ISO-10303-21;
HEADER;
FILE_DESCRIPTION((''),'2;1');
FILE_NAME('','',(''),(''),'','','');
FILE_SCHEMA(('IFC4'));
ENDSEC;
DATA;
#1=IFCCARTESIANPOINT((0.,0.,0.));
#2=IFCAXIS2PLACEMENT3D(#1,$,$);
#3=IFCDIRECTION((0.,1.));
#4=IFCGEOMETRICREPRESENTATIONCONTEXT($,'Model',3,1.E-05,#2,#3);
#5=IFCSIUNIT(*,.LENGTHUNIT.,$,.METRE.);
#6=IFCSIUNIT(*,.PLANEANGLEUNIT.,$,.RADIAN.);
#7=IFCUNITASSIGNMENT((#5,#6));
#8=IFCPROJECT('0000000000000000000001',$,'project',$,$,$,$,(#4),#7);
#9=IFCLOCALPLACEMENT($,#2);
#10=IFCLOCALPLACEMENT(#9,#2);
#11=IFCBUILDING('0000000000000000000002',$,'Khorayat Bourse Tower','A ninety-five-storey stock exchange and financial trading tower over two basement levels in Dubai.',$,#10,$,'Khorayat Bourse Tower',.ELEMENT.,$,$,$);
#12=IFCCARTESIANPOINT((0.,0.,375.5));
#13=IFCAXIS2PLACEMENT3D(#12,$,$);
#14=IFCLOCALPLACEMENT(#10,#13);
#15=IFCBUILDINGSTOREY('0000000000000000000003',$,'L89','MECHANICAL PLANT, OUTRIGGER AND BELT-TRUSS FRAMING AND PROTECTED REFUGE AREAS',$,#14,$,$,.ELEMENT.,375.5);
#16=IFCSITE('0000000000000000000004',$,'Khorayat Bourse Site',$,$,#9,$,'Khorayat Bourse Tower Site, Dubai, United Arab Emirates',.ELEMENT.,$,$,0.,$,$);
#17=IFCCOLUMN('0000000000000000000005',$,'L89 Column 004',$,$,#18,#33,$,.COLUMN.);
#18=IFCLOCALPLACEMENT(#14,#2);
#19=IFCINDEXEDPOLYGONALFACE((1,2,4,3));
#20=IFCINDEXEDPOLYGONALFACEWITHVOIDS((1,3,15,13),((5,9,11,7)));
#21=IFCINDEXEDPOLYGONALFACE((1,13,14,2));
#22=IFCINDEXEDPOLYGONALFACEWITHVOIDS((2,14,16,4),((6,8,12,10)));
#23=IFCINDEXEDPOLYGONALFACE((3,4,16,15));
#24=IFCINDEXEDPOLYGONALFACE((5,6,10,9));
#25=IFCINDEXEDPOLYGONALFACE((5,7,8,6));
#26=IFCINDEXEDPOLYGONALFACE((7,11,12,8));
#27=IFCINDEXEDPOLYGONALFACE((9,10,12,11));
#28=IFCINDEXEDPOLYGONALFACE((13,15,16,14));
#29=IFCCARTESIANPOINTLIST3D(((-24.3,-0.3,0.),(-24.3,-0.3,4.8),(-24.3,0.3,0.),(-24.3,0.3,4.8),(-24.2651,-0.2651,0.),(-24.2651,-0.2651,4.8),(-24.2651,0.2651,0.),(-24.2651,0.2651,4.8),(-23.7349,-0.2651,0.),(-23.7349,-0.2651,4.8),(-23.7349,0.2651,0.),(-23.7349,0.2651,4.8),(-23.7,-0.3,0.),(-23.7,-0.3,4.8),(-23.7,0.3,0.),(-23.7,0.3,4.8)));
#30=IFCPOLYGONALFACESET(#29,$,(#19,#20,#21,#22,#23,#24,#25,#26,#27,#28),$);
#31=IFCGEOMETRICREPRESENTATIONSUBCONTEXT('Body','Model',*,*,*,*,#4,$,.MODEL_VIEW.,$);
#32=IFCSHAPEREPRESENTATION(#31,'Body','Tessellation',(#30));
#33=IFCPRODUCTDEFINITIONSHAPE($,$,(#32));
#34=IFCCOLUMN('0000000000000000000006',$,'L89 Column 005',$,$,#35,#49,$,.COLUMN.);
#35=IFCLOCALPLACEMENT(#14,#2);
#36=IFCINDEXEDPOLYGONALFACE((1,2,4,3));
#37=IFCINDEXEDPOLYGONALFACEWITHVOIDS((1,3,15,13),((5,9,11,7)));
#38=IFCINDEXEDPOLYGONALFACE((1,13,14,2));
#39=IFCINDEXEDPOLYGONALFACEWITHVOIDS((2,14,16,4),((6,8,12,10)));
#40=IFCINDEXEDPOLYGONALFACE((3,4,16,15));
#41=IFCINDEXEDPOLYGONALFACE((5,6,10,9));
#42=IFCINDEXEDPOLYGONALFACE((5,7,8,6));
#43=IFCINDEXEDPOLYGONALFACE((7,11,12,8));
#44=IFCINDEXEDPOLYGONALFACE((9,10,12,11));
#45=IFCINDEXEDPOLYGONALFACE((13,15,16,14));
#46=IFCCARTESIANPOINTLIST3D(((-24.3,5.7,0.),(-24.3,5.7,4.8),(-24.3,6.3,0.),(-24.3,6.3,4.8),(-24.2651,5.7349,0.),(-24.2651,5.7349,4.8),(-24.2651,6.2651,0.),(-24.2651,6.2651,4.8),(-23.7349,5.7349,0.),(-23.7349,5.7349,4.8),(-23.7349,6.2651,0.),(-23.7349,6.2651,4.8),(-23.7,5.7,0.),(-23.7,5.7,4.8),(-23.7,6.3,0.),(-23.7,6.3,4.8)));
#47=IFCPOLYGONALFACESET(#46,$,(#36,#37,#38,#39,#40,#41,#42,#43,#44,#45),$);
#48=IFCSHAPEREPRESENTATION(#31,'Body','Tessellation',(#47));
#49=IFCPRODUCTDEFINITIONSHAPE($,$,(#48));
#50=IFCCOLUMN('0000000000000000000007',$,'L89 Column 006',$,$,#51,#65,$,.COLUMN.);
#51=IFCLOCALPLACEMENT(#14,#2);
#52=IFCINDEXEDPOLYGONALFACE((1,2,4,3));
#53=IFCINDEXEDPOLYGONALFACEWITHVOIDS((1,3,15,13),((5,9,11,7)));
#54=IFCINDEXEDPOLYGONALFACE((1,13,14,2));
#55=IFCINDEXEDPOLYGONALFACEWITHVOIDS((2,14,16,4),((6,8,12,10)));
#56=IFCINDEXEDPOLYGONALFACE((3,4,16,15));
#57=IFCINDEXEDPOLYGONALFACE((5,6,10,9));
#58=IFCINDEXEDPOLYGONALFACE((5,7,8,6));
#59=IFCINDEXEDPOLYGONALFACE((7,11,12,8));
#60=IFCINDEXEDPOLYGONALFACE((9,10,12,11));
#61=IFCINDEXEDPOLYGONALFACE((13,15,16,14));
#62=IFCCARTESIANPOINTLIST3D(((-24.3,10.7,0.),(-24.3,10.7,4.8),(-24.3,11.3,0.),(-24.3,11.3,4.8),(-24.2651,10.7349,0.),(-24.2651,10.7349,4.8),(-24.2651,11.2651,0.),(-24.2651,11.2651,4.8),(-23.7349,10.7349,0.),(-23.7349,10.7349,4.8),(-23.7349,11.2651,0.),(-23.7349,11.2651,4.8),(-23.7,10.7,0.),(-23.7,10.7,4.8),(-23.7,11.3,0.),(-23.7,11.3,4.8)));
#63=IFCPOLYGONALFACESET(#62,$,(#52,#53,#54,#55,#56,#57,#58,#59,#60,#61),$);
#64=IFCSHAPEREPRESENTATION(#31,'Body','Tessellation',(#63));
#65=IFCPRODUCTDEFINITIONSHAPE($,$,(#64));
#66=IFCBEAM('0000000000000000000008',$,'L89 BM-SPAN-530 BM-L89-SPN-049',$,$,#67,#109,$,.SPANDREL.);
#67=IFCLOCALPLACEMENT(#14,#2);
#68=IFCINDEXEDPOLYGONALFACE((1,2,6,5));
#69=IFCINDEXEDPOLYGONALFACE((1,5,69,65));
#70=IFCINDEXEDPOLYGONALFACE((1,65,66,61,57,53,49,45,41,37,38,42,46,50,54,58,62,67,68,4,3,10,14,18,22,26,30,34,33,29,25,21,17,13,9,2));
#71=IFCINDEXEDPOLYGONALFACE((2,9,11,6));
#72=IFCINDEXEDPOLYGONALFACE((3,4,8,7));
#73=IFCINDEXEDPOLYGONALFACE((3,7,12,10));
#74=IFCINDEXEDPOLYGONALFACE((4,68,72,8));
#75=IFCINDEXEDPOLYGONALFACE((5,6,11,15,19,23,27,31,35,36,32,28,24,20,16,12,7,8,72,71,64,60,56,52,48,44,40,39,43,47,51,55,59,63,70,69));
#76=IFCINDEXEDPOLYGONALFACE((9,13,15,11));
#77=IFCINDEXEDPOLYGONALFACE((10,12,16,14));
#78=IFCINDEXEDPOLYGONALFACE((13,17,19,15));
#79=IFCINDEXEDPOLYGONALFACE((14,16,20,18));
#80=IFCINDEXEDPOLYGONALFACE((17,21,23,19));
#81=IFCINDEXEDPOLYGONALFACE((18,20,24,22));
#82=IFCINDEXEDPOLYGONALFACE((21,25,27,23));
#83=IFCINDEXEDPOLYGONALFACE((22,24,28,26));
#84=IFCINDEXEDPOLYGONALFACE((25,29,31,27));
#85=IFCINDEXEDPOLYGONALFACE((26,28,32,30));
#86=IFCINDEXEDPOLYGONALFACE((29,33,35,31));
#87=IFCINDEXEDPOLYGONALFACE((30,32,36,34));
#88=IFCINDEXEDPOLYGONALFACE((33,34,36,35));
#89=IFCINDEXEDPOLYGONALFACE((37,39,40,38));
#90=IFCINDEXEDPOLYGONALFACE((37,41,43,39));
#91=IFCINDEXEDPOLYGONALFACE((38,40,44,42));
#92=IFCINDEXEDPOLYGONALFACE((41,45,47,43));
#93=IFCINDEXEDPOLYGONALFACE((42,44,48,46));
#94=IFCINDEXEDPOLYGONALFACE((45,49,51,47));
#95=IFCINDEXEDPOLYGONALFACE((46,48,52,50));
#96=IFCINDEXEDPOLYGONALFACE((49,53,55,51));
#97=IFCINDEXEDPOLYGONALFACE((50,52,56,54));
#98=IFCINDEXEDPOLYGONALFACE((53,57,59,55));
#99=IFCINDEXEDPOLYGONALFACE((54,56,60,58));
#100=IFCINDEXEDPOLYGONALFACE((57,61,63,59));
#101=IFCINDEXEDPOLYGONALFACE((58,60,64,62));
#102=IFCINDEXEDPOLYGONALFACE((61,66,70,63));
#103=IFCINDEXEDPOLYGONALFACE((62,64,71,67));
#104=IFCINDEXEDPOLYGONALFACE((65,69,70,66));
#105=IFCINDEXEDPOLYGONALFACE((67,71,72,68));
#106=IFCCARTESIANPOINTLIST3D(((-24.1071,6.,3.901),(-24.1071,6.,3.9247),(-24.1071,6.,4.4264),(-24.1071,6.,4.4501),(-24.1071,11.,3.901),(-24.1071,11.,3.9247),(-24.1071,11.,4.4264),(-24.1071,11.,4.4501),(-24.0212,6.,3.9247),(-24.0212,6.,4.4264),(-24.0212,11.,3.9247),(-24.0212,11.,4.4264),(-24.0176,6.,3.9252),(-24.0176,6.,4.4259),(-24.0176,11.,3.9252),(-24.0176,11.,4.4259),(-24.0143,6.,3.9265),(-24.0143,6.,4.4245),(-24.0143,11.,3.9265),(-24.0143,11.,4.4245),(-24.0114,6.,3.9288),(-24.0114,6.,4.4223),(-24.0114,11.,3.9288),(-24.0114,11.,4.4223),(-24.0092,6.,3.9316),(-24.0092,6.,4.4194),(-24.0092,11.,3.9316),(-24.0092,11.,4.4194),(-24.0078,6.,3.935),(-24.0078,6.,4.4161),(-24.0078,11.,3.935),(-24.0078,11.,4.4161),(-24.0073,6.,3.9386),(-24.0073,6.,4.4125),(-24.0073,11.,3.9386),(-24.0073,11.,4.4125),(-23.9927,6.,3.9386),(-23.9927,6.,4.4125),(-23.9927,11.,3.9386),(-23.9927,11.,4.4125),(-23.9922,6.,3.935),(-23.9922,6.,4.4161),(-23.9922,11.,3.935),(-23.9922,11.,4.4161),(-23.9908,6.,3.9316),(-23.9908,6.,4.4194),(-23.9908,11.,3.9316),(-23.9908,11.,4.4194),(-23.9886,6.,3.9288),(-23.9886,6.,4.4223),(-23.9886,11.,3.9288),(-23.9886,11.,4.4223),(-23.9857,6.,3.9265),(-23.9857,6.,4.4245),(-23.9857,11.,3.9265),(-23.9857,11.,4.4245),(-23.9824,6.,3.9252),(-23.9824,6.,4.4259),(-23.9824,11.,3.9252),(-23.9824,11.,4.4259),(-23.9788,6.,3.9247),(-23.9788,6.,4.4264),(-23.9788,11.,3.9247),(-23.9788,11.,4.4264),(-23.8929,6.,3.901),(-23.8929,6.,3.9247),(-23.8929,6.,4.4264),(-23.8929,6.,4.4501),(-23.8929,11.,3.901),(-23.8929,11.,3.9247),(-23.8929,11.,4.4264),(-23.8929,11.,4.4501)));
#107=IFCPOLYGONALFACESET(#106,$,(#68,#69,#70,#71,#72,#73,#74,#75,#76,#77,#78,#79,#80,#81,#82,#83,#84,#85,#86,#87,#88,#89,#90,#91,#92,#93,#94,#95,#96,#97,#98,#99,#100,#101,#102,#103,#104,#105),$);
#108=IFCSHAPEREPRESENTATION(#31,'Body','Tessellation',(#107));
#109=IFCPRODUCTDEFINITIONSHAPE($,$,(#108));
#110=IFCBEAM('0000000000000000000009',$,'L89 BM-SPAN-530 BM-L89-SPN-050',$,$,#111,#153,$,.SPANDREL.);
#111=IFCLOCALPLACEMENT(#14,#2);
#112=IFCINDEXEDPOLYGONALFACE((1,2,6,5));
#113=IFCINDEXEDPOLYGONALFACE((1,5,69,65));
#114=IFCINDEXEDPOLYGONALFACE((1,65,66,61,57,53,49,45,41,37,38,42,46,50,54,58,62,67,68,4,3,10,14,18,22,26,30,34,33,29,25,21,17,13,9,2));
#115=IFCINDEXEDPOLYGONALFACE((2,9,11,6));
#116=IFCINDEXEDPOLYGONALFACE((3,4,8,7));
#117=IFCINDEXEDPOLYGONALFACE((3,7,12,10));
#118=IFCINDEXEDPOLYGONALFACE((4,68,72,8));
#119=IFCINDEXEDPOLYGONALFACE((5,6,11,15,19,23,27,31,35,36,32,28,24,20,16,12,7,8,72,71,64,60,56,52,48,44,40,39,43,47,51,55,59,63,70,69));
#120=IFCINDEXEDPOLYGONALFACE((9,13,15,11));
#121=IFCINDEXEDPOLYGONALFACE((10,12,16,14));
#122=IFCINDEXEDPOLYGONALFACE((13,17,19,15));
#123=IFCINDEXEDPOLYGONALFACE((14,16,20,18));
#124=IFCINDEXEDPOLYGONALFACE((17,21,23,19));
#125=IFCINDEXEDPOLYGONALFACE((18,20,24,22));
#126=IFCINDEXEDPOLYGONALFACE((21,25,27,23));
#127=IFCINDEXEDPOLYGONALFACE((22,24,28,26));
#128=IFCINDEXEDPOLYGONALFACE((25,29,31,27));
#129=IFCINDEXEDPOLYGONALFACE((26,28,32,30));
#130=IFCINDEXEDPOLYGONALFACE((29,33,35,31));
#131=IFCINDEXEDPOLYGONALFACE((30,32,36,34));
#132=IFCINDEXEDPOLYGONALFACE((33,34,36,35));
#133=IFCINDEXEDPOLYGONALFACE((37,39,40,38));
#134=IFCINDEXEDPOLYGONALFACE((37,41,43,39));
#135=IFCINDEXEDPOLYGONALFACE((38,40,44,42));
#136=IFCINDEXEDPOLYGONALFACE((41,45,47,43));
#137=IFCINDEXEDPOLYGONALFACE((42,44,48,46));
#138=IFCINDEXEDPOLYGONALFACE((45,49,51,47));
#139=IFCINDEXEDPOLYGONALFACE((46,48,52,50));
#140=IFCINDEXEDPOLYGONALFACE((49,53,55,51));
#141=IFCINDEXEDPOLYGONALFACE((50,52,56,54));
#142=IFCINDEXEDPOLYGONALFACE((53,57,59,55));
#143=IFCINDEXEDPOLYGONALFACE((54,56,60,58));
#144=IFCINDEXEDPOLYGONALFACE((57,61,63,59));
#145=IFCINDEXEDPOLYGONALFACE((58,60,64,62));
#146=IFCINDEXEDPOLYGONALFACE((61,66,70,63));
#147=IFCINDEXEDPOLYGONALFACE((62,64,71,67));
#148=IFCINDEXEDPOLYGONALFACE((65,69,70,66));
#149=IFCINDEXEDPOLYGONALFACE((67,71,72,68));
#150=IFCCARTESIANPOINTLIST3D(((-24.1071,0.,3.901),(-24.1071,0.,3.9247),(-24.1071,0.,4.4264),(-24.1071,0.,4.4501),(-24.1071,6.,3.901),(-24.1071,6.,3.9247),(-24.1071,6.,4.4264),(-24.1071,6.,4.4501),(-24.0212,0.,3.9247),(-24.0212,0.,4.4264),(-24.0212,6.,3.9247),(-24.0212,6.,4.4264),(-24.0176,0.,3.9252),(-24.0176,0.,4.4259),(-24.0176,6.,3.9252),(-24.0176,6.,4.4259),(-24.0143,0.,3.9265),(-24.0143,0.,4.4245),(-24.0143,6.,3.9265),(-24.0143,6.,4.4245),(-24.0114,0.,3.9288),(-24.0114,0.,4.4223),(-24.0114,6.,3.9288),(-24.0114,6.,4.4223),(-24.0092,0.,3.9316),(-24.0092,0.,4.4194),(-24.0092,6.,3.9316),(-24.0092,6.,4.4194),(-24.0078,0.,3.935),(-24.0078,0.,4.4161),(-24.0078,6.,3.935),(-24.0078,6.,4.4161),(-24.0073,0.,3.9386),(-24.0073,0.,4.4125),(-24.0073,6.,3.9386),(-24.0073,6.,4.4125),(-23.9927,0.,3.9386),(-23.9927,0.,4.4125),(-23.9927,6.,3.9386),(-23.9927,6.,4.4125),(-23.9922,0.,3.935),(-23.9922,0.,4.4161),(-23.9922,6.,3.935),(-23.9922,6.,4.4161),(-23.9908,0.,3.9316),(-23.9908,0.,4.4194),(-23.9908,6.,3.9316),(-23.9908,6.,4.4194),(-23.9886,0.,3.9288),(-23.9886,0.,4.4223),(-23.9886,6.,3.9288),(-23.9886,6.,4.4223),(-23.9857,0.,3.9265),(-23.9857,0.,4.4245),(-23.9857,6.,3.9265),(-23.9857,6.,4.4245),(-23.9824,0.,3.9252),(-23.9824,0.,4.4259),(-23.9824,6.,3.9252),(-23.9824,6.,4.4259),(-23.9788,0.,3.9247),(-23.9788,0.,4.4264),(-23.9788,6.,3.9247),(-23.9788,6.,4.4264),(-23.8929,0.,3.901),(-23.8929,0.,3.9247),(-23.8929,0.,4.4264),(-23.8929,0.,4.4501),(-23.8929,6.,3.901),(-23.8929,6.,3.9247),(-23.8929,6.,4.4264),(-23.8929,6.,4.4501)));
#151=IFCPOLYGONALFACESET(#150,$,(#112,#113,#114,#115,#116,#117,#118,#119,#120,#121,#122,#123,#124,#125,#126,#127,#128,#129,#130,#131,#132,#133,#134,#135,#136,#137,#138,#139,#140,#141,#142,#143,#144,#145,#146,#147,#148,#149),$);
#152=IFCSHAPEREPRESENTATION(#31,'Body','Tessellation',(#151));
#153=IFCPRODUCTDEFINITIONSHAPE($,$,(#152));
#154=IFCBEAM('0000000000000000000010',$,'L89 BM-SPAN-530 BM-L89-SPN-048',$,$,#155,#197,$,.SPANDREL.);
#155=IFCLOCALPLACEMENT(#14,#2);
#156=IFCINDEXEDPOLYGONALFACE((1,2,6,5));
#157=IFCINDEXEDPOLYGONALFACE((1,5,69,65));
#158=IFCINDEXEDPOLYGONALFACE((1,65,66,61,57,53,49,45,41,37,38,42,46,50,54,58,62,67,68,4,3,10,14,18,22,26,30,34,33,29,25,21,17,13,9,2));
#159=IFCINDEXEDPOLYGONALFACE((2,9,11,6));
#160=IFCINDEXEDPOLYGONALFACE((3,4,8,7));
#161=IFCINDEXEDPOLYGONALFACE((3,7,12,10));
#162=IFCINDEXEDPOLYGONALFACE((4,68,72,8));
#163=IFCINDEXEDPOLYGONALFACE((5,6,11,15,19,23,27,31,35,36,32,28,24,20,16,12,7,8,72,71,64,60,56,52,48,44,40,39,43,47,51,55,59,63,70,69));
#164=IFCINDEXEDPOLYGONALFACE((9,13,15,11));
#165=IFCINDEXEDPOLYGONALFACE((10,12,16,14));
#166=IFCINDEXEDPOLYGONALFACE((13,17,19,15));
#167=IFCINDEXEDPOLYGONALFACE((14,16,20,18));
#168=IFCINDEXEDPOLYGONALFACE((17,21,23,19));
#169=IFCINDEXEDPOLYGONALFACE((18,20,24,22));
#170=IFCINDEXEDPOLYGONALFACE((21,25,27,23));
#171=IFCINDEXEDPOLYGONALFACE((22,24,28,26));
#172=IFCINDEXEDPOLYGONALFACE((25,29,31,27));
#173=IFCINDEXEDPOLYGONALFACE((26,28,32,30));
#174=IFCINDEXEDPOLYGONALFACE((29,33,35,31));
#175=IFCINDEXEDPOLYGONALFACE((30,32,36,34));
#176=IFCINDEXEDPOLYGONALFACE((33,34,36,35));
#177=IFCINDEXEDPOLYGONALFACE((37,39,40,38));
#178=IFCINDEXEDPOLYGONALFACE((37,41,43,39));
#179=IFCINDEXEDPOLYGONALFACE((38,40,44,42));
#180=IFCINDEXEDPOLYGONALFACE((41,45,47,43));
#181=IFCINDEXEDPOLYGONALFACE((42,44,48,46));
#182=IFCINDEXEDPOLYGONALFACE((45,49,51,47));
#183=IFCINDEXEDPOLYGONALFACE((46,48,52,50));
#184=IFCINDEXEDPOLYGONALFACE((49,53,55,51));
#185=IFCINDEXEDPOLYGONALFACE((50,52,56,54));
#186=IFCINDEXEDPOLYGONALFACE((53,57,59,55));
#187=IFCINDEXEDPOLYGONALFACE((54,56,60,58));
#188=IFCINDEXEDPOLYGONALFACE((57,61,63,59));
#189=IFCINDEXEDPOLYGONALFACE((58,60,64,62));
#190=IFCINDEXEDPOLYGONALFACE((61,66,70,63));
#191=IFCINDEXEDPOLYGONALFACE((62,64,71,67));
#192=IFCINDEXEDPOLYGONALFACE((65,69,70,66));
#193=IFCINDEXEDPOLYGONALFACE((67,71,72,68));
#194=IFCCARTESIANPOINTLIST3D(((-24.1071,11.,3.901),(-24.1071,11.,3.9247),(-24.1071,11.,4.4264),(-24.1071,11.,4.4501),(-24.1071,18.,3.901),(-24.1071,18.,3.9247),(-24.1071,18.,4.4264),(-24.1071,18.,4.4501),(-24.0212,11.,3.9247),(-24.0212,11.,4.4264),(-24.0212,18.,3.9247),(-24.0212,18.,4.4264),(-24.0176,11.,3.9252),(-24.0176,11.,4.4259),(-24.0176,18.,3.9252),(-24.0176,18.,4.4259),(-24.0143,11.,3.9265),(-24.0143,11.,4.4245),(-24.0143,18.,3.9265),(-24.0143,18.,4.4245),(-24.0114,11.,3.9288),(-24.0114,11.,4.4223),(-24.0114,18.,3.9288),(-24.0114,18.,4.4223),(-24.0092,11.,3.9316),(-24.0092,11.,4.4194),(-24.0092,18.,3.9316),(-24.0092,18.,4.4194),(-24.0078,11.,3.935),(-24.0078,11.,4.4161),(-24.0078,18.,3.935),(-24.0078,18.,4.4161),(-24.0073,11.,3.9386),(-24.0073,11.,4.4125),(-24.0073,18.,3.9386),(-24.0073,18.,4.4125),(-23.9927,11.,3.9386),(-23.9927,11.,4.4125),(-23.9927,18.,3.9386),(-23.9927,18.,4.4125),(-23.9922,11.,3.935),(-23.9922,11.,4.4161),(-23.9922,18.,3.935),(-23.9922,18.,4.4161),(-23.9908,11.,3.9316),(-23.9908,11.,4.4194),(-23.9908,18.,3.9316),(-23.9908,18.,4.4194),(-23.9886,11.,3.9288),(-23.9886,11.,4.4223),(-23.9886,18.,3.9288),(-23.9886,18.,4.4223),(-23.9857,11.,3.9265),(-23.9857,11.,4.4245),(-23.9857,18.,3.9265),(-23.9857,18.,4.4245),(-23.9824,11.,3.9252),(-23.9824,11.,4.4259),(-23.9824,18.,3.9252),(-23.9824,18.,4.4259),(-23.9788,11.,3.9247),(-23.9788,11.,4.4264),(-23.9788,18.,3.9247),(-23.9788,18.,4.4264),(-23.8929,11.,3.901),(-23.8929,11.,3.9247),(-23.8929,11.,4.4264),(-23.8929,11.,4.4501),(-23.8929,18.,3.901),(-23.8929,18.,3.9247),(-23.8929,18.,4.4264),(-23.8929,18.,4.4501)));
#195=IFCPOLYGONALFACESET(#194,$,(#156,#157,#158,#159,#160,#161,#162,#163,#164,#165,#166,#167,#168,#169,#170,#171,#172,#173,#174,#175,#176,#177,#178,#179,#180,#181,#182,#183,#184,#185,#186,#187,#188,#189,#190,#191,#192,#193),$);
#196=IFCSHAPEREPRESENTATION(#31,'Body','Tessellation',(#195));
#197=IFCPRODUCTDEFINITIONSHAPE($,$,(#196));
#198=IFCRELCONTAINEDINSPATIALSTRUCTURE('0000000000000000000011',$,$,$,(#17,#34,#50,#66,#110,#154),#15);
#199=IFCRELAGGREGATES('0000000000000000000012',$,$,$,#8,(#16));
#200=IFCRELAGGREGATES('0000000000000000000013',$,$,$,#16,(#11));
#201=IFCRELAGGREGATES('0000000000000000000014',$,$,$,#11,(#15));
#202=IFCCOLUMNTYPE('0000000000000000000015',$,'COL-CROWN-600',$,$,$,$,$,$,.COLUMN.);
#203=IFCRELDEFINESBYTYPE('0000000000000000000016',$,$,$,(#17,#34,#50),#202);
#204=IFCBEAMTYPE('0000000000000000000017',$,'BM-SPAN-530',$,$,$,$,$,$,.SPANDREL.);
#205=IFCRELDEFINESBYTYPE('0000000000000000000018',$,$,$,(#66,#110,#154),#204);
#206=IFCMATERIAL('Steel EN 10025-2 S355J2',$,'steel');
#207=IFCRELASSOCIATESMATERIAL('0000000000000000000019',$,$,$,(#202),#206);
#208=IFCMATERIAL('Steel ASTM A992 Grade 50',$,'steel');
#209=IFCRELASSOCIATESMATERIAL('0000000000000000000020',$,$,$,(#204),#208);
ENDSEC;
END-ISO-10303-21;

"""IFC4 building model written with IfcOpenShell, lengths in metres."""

from ifc_helpers import new_model, si_unit, direction, frame, origin, origin_2d, place, context, subcontext, project, spatial, hollow_rectangle, i_section, extrude, source, transform, mapped, material, material_profile, profile_set, type_object, element, save


model = new_model("IFC4")

# Units and contexts
model_context = context("Model", 3, precision=1e-05, world=origin(), true_north=direction((0.0, 1.0)))
body_context = subcontext(model_context, "Body", "Model", "MODEL_VIEW")
ifc_project = project(units=[si_unit("LENGTHUNIT", "METRE"), si_unit("PLANEANGLEUNIT", "RADIAN")], contexts=[model_context])

# Site, building, storey
site_placement = place(None, origin())
site = spatial("IfcSite", under=ifc_project, at=site_placement, Name="Khorayat Bourse Site", LongName="Khorayat Bourse Tower Site, Dubai, United Arab Emirates", CompositionType="ELEMENT", RefElevation=0.0)
building_placement = place(site_placement, origin())
building = spatial("IfcBuilding", under=site, at=building_placement, Name="Khorayat Bourse Tower", Description="A ninety-five-storey stock exchange and financial trading tower over two basement levels in Dubai.", LongName="Khorayat Bourse Tower", CompositionType="ELEMENT")
storey_placement = place(building_placement, frame((0.0, 0.0, 375.5)))
storey = spatial("IfcBuildingStorey", under=building, at=storey_placement, Name="L89", Description="MECHANICAL PLANT, OUTRIGGER AND BELT-TRUSS FRAMING AND PROTECTED REFUGE AREAS", CompositionType="ELEMENT", Elevation=375.5)

# Columns
ifc_material_1 = material(Name="Steel EN 10025-2 S355J2", Category="steel")
ifc_material_profile_1 = material_profile(ifc_material_1, hollow_rectangle(XDim=0.6001, YDim=0.6001, WallThickness=0.0349, at=origin_2d()), Name="BOX 600x600x35")
ifc_profile_set_1 = profile_set([ifc_material_profile_1], Name="Steel EN 10025-2 S355J2")
column_type = type_object("IfcColumnType", Name="COL-CROWN-600", PredefinedType="COLUMN", material=ifc_profile_set_1)
shared_shape_1 = source(origin(), body_context, "Body", "SweptSolid", [
    extrude(hollow_rectangle(XDim=0.6001, YDim=0.6001, WallThickness=0.0349, at=origin_2d()), origin(), (0.0, 0.0, 1.0), 4.8),
])
for number, where, z_axis, x_axis, name in (
    (1, (-24.0, 0.0, 0.0), (0.0, 0.0, 1.0), (1.0, 0.0, 0.0), "L89 Column 004"),
    (2, (-24.0, 6.0, 0.0), (0.0, 0.0, 1.0), (1.0, 0.0, 0.0), "L89 Column 005"),
    (3, (-24.0, 11.0, 0.0), (0.0, 0.0, 1.0), (1.0, 0.0, 0.0), "L89 Column 006"),
):
    element("IfcColumn", number, at=place(storey_placement, frame(where, z_axis=z_axis, x_axis=x_axis)), inside=storey, type_object=column_type, Name=name, PredefinedType="COLUMN", context=body_context, shape_type="MappedRepresentation", body=[
        mapped(shared_shape_1, transform((0.0, 0.0, 0.0), scale=1.0)),
    ])

# Beams
ifc_material_2 = material(Name="Steel ASTM A992 Grade 50", Category="steel")
ifc_material_profile_2 = material_profile(ifc_material_2, i_section(OverallWidth=0.2141, OverallDepth=0.5491, WebThickness=0.0146, FlangeThickness=0.0237, FilletRadius=0.0139, at=origin_2d()), Name="W530X138")
ifc_profile_set_2 = profile_set([ifc_material_profile_2], Name="Steel ASTM A992 Grade 50")
beam_type_1 = type_object("IfcBeamType", Name="BM-SPAN-530", PredefinedType="SPANDREL", material=ifc_profile_set_2)
shared_shape_2 = source(origin(), body_context, "Body", "SweptSolid", [
    extrude(i_section(OverallWidth=0.2141, OverallDepth=0.5491, WebThickness=0.0146, FlangeThickness=0.0237, FilletRadius=0.0139, at=origin_2d()), origin(), (0.0, 0.0, 1.0), 5.0),
])
beam_1_placement = place(storey_placement, frame((-24.0, 6.0, 4.1755), z_axis=(0.0, 1.0, 0.0), x_axis=(-1.0, 0.0, 0.0)))
element("IfcBeam", 4, at=beam_1_placement, inside=storey, type_object=beam_type_1, Name="L89 BM-SPAN-530 BM-L89-SPN-049", PredefinedType="SPANDREL", context=body_context, shape_type="MappedRepresentation", body=[
    mapped(shared_shape_2, transform((0.0, 0.0, 0.0), scale=1.0)),
])
shared_shape_3 = source(origin(), body_context, "Body", "SweptSolid", [
    extrude(i_section(OverallWidth=0.2141, OverallDepth=0.5491, WebThickness=0.0146, FlangeThickness=0.0237, FilletRadius=0.0139, at=origin_2d()), origin(), (0.0, 0.0, 1.0), 6.0),
])
beam_2_placement = place(storey_placement, frame((-24.0, 0.0, 4.1755), z_axis=(0.0, 1.0, 0.0), x_axis=(-1.0, 0.0, 0.0)))
element("IfcBeam", 5, at=beam_2_placement, inside=storey, type_object=beam_type_1, Name="L89 BM-SPAN-530 BM-L89-SPN-050", PredefinedType="SPANDREL", context=body_context, shape_type="MappedRepresentation", body=[
    mapped(shared_shape_3, transform((0.0, 0.0, 0.0), scale=1.0)),
])
shared_shape_4 = source(origin(), body_context, "Body", "SweptSolid", [
    extrude(i_section(OverallWidth=0.2141, OverallDepth=0.5491, WebThickness=0.0146, FlangeThickness=0.0237, FilletRadius=0.0139, at=origin_2d()), origin(), (0.0, 0.0, 1.0), 7.0),
])
beam_3_placement = place(storey_placement, frame((-24.0, 11.0, 4.1755), z_axis=(0.0, 1.0, 0.0), x_axis=(-1.0, 0.0, 0.0)))
element("IfcBeam", 6, at=beam_3_placement, inside=storey, type_object=beam_type_1, Name="L89 BM-SPAN-530 BM-L89-SPN-048", PredefinedType="SPANDREL", context=body_context, shape_type="MappedRepresentation", body=[
    mapped(shared_shape_4, transform((0.0, 0.0, 0.0), scale=1.0)),
])

save(model, "model.ifc")
